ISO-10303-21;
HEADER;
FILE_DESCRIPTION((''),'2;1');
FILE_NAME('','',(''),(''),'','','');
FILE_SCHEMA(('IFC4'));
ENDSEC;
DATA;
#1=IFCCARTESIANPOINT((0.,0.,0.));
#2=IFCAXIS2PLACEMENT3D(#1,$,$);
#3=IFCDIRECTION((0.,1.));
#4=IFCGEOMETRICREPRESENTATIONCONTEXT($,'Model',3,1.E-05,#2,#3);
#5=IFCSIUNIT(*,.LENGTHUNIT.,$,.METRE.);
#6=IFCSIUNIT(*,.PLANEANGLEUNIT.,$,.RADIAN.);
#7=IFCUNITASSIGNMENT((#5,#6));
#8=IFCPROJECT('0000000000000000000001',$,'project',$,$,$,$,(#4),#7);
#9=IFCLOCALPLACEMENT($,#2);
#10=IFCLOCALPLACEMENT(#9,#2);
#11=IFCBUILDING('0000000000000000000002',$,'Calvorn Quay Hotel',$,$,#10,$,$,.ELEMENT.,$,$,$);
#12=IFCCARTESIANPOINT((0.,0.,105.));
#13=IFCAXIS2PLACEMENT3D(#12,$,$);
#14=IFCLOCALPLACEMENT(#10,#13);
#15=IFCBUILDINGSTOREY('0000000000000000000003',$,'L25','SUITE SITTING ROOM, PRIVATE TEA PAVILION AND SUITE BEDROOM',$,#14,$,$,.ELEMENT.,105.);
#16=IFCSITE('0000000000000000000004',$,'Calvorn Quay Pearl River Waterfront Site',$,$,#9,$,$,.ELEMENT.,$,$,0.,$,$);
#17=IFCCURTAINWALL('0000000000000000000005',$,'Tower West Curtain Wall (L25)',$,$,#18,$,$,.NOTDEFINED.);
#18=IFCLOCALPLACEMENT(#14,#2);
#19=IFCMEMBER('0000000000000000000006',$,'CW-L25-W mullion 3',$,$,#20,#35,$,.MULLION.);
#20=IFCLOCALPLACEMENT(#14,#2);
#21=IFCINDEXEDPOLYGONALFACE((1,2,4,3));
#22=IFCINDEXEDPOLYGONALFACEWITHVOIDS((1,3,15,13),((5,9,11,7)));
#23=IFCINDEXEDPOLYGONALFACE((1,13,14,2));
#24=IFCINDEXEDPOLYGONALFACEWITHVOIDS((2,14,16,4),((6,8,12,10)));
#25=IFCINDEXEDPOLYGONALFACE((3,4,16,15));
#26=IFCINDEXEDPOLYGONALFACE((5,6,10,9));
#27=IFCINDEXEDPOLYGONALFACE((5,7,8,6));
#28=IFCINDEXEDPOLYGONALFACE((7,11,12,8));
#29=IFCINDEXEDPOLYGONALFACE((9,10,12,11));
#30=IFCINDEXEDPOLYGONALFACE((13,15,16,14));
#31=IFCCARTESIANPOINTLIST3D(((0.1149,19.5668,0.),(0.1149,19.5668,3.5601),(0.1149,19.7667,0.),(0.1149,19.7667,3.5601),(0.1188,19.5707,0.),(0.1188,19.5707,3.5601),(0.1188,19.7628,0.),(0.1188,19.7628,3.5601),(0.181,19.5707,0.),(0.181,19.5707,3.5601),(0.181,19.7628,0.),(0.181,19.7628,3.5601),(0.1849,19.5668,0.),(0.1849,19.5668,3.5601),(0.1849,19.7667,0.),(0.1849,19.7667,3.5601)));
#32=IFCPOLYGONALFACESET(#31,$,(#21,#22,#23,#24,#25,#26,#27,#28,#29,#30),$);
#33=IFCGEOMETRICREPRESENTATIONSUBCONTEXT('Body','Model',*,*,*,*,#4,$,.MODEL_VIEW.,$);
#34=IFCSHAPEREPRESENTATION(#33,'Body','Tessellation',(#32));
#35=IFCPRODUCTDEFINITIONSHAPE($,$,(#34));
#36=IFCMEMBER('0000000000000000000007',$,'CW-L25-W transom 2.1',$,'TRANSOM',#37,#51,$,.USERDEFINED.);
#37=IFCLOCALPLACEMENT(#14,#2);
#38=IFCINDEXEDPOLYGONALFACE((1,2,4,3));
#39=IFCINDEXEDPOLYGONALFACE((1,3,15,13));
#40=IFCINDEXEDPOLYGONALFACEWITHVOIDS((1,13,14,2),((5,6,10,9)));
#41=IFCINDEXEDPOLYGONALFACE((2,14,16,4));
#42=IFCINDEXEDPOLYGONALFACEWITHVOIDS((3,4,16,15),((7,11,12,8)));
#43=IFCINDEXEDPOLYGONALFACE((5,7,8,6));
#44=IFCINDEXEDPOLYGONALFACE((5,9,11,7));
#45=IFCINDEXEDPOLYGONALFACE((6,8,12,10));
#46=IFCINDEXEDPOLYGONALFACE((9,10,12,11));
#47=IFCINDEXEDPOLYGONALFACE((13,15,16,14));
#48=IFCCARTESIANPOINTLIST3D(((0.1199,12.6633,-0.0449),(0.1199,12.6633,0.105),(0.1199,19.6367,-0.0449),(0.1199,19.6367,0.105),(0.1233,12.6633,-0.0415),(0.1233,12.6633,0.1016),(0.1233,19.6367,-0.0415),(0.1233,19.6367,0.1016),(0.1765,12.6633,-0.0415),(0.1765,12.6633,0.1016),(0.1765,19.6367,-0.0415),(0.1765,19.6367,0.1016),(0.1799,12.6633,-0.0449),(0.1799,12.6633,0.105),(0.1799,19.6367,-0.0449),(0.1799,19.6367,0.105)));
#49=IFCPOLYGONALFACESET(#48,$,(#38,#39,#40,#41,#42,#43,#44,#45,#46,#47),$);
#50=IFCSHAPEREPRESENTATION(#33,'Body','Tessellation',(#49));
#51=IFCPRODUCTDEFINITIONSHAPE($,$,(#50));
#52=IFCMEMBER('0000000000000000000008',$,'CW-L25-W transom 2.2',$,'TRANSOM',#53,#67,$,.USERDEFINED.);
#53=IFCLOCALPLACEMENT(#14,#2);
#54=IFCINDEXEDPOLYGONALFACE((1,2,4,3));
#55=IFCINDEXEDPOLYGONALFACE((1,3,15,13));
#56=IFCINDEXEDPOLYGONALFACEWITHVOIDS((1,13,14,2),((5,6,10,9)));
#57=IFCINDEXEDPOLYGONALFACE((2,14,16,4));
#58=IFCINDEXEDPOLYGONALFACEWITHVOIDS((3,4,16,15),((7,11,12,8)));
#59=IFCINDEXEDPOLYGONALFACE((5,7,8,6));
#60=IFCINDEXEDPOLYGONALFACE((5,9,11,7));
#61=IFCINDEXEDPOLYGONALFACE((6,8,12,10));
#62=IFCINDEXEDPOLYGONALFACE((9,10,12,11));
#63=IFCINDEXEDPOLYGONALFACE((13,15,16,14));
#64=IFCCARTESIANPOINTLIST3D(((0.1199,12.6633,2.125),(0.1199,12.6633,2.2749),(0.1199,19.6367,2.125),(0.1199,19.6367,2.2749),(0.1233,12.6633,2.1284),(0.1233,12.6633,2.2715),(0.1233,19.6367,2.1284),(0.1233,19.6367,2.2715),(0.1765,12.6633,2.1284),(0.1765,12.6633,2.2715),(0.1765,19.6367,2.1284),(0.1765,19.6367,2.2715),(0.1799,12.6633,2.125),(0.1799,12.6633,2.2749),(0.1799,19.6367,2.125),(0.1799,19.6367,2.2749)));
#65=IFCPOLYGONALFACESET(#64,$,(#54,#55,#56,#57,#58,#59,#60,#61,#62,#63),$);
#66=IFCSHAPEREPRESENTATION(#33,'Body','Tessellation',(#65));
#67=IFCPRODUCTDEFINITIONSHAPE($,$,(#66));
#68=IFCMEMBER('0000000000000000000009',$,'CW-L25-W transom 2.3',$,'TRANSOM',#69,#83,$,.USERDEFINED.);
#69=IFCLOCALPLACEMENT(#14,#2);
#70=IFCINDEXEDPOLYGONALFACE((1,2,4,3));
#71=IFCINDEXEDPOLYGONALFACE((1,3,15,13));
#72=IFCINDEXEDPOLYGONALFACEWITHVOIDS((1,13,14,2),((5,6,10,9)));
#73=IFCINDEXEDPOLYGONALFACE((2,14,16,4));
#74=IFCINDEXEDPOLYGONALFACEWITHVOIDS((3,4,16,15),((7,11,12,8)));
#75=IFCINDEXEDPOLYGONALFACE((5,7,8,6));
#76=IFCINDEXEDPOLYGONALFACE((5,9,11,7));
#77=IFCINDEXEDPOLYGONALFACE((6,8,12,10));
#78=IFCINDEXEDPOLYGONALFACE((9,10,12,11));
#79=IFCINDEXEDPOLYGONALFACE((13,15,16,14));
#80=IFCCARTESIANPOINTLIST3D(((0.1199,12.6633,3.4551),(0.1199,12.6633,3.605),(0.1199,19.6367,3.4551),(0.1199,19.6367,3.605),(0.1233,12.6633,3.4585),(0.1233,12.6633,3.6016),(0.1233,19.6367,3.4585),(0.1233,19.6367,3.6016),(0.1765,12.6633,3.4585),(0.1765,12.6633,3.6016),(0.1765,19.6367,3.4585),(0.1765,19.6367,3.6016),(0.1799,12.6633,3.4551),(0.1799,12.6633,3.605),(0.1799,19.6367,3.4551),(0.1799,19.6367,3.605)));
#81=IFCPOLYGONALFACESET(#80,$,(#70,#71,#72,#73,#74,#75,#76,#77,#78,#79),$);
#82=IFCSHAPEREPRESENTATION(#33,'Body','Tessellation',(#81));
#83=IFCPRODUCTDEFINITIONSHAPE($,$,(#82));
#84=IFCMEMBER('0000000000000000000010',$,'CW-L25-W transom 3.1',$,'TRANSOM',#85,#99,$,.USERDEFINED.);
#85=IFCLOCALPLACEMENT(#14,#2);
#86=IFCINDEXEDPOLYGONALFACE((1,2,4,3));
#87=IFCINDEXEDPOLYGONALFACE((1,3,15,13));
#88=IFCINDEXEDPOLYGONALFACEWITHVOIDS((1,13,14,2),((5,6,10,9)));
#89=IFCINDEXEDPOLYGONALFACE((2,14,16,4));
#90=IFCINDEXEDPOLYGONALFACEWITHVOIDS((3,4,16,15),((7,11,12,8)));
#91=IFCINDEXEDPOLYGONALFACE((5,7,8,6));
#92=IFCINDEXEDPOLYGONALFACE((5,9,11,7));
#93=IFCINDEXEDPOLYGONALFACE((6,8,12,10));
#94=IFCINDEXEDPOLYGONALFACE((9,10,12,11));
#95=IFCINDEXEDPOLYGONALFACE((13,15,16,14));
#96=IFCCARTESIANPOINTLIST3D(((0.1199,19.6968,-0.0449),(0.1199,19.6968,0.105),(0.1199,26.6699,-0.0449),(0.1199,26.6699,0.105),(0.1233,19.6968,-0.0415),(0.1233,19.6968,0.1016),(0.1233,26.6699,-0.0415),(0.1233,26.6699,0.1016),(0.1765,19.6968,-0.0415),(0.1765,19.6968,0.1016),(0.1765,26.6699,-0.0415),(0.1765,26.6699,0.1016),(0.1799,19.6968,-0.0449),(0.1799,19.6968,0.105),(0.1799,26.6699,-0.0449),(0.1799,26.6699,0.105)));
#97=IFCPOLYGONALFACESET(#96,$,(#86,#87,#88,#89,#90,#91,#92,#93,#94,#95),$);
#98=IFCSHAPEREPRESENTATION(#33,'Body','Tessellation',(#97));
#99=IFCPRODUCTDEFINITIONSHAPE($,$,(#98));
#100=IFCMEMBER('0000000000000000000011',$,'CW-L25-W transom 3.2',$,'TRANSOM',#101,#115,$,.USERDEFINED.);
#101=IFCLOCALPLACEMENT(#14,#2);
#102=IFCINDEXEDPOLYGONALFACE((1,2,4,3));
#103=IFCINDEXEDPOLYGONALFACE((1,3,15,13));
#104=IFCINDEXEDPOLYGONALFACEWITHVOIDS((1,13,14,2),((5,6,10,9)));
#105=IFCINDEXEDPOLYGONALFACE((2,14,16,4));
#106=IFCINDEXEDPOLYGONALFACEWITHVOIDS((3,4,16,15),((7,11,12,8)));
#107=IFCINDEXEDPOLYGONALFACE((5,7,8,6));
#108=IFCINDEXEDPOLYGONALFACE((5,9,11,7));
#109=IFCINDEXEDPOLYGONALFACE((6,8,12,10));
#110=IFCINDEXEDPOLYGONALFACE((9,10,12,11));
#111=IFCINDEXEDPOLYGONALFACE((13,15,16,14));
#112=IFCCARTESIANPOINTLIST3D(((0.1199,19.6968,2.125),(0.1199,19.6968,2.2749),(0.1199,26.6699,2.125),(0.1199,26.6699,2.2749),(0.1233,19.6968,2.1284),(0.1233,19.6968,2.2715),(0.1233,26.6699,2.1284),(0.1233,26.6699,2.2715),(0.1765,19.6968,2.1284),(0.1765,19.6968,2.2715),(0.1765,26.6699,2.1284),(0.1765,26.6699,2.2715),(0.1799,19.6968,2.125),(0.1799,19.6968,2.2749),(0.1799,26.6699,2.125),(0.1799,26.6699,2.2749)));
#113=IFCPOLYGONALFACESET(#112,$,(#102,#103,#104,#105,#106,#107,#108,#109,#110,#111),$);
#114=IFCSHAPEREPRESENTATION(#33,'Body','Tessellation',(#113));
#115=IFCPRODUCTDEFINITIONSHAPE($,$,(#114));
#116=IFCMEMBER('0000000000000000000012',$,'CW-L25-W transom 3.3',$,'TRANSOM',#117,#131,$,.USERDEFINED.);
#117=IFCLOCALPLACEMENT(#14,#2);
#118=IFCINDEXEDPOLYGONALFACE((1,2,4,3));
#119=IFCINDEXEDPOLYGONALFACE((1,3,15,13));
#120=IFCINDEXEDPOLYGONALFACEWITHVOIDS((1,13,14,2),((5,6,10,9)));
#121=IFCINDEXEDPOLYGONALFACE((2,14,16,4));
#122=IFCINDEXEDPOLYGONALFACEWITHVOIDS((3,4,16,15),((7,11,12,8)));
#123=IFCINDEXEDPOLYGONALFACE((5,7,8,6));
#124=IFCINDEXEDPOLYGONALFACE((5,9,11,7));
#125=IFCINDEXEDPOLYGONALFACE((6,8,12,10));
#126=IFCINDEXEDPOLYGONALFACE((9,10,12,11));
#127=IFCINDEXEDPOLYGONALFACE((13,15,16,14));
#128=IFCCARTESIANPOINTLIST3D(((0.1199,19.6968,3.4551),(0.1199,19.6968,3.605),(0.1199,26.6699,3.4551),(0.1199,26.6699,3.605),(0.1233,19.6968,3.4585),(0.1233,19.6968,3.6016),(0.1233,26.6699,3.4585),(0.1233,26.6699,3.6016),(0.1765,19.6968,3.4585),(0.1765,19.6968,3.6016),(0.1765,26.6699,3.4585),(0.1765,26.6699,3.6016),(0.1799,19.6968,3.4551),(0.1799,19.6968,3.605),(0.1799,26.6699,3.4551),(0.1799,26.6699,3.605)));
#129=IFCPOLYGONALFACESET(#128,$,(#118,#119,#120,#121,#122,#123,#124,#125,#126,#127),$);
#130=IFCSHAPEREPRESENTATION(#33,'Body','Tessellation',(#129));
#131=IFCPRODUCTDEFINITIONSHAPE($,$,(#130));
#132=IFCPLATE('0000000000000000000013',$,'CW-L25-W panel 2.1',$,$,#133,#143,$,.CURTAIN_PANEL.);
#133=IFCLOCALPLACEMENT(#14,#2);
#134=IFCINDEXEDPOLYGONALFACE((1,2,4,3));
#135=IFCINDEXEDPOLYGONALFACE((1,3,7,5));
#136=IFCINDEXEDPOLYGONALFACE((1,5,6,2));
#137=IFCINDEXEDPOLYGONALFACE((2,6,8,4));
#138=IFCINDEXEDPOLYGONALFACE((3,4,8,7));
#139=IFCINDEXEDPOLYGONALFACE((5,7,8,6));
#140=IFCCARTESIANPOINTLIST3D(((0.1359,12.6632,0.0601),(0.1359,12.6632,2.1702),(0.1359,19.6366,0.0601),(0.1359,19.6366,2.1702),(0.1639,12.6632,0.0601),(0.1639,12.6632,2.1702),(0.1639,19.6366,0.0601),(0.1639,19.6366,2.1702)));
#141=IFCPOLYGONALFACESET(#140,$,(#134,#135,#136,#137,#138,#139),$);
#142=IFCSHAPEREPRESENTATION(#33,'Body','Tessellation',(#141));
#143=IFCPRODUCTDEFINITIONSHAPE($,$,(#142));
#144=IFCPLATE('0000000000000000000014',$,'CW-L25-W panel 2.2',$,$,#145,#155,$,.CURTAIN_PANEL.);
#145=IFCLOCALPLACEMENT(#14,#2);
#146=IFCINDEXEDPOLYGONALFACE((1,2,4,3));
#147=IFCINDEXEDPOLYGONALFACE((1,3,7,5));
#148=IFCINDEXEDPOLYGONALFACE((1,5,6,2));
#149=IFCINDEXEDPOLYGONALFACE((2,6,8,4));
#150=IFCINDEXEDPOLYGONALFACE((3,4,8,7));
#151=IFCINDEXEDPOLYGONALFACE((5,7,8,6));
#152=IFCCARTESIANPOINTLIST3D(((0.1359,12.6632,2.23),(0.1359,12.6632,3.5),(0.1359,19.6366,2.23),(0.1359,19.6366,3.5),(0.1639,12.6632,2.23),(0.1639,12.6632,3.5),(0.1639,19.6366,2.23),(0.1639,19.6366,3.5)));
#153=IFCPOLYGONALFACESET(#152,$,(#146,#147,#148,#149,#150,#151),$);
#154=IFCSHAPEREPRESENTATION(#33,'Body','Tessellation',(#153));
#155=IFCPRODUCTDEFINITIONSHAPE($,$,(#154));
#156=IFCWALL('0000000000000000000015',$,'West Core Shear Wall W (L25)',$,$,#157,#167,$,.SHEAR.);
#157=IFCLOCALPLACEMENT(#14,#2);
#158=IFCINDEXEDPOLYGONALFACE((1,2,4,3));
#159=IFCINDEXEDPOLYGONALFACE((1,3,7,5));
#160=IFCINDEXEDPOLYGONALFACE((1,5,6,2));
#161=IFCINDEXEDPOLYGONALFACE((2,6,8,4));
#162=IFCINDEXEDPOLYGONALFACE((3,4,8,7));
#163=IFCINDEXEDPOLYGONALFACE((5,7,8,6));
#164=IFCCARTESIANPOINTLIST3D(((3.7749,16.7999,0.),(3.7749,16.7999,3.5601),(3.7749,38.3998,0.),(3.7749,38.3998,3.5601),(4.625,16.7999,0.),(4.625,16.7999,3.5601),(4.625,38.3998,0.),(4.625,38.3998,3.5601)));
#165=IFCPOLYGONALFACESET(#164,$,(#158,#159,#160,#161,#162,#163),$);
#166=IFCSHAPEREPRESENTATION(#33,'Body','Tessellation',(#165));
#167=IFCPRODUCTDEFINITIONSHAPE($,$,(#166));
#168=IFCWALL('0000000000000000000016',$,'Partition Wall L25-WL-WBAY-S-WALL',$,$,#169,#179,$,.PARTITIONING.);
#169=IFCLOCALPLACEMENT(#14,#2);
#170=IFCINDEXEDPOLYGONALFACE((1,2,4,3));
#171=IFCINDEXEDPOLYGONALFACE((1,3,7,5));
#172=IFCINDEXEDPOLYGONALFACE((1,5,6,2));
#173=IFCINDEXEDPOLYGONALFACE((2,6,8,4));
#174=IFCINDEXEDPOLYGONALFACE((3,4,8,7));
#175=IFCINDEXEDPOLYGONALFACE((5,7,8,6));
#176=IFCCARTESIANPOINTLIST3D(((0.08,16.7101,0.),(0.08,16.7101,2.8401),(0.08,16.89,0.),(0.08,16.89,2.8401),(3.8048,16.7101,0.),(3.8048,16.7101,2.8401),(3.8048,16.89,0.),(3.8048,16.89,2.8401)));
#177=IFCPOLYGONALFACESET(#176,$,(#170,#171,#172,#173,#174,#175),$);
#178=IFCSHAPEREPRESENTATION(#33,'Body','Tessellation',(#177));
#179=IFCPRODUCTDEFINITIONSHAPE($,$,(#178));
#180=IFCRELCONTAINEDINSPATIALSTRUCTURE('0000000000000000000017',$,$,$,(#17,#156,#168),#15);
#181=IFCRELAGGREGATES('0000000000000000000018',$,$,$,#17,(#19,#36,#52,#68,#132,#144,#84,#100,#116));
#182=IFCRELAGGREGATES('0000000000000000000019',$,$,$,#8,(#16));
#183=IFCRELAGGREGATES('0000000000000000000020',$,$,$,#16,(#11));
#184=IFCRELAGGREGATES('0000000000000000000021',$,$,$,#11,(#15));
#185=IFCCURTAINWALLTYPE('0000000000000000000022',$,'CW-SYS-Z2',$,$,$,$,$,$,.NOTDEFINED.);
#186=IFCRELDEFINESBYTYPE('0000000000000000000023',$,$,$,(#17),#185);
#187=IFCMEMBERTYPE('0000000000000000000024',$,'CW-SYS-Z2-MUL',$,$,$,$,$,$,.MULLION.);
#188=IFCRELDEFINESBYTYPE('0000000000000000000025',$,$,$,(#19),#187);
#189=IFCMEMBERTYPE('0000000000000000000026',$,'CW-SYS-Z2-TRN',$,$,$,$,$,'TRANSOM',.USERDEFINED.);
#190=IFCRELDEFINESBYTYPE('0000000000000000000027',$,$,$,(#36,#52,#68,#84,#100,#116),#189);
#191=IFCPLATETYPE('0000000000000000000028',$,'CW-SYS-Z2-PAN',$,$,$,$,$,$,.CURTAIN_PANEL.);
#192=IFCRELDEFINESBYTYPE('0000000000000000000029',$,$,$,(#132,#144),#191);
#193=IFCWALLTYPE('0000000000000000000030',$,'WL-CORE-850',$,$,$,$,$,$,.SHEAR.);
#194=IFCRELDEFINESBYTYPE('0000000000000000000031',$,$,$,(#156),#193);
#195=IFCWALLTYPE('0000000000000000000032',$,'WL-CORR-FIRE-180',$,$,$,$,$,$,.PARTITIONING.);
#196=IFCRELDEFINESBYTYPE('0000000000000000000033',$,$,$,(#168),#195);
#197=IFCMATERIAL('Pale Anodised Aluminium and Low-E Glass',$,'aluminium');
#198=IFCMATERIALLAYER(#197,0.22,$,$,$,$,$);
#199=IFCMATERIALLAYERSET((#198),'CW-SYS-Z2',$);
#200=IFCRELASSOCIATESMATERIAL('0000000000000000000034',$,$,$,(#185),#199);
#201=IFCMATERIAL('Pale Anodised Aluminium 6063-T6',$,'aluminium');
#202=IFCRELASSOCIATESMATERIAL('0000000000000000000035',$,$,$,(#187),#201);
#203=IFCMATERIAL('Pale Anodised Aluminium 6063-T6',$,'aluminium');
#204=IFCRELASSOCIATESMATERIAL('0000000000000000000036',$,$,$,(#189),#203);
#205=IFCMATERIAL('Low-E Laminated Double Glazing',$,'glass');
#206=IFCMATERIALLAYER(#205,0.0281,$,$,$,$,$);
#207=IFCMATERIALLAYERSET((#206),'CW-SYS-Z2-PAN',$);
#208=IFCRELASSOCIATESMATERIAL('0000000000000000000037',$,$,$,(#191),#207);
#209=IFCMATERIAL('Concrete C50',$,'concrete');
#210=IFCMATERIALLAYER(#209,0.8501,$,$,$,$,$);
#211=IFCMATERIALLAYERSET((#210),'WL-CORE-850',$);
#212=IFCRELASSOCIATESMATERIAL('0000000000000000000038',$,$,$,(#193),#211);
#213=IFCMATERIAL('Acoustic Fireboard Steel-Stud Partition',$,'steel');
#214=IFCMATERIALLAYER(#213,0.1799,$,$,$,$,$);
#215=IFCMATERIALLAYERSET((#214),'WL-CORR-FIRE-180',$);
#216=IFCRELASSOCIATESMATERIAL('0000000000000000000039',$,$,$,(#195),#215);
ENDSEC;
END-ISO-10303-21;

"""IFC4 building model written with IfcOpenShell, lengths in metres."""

from ifc_helpers import new_model, si_unit, direction, frame, frame_2d, origin, origin_2d, place, context, subcontext, project, spatial, rectangle, hollow_rectangle, extrude, material, layer, layer_set, material_profile, profile_set, type_object, element, aggregate, save


model = new_model("IFC4")

# Units and contexts
model_context = context("Model", 3, precision=1e-05, world=origin(), true_north=direction((0.0, 1.0)))
body_context = subcontext(model_context, "Body", "Model", "MODEL_VIEW")
ifc_project = project(units=[si_unit("LENGTHUNIT", "METRE"), si_unit("PLANEANGLEUNIT", "RADIAN")], contexts=[model_context])

# Site, building, storey
site_placement = place(None, origin())
site = spatial("IfcSite", under=ifc_project, at=site_placement, Name="Calvorn Quay Pearl River Waterfront Site", CompositionType="ELEMENT", RefElevation=0.0)
building_placement = place(site_placement, origin())
building = spatial("IfcBuilding", under=site, at=building_placement, Name="Calvorn Quay Hotel", CompositionType="ELEMENT")
storey_placement = place(building_placement, frame((0.0, 0.0, 105.0)))
storey = spatial("IfcBuildingStorey", under=building, at=storey_placement, Name="L25", Description="SUITE SITTING ROOM, PRIVATE TEA PAVILION AND SUITE BEDROOM", CompositionType="ELEMENT", Elevation=105.0)

# Curtain wall, members, plates
ifc_material_1 = material(Name="Pale Anodised Aluminium and Low-E Glass", Category="aluminium")
ifc_layer_1 = layer(ifc_material_1, 0.22)
ifc_layer_set_1 = layer_set([ifc_layer_1], Name="CW-SYS-Z2")
curtain_wall_type = type_object("IfcCurtainWallType", Name="CW-SYS-Z2", PredefinedType="NOTDEFINED", material=ifc_layer_set_1)
curtain_wall_placement = place(storey_placement, origin())
curtain_wall = element("IfcCurtainWall", 1, at=curtain_wall_placement, inside=storey, type_object=curtain_wall_type, Name="Tower West Curtain Wall (L25)", PredefinedType="NOTDEFINED")
ifc_material_2 = material(Name="Pale Anodised Aluminium 6063-T6", Category="aluminium")
ifc_material_profile_1 = material_profile(ifc_material_2, hollow_rectangle(XDim=0.0701, YDim=0.2, WallThickness=0.0039, at=origin_2d()), Name="ALU-M200x70x4")
ifc_profile_set_1 = profile_set([ifc_material_profile_1], Name="Pale Anodised Aluminium 6063-T6")
member_type_1 = type_object("IfcMemberType", Name="CW-SYS-Z2-MUL", PredefinedType="MULLION", material=ifc_profile_set_1)
member_1_placement = place(storey_placement, frame((0.1499, 19.6667, 0.0), z_axis=(0.0, 0.0, 1.0), x_axis=(-1.0, 0.0, 0.0)))
member_1 = element("IfcMember", 2, at=member_1_placement, type_object=member_type_1, Name="CW-L25-W mullion 3", PredefinedType="MULLION", context=body_context, shape_type="SweptSolid", body=[
    extrude(hollow_rectangle(XDim=0.0701, YDim=0.2, WallThickness=0.0039, at=origin_2d()), origin(), (0.0, 0.0, 1.0), 3.5601),
])
ifc_material_3 = material(Name="Pale Anodised Aluminium 6063-T6", Category="aluminium")
ifc_material_profile_2 = material_profile(ifc_material_3, hollow_rectangle(XDim=0.0601, YDim=0.1499, WallThickness=0.0034, at=origin_2d()), Name="ALU-T150x60x3.5")
ifc_profile_set_2 = profile_set([ifc_material_profile_2], Name="Pale Anodised Aluminium 6063-T6")
member_type_2 = type_object("IfcMemberType", Name="CW-SYS-Z2-TRN", ElementType="TRANSOM", PredefinedType="USERDEFINED", material=ifc_profile_set_2)
member_2_placement = place(storey_placement, frame((0.1499, 12.6633, 0.03), z_axis=(0.0, 1.0, 0.0), x_axis=(-1.0, 0.0, 0.0)))
member_2 = element("IfcMember", 3, at=member_2_placement, type_object=member_type_2, Name="CW-L25-W transom 2.1", ObjectType="TRANSOM", PredefinedType="USERDEFINED", context=body_context, shape_type="SweptSolid", body=[
    extrude(hollow_rectangle(XDim=0.0601, YDim=0.1499, WallThickness=0.0034, at=origin_2d()), origin(), (0.0, 0.0, 1.0), 6.9734),
])
member_3_placement = place(storey_placement, frame((0.1499, 12.6633, 2.2), z_axis=(0.0, 1.0, 0.0), x_axis=(-1.0, 0.0, 0.0)))
member_3 = element("IfcMember", 4, at=member_3_placement, type_object=member_type_2, Name="CW-L25-W transom 2.2", ObjectType="TRANSOM", PredefinedType="USERDEFINED", context=body_context, shape_type="SweptSolid", body=[
    extrude(hollow_rectangle(XDim=0.0601, YDim=0.1499, WallThickness=0.0034, at=origin_2d()), origin(), (0.0, 0.0, 1.0), 6.9734),
])
member_4_placement = place(storey_placement, frame((0.1499, 12.6633, 3.53), z_axis=(0.0, 1.0, 0.0), x_axis=(-1.0, 0.0, 0.0)))
member_4 = element("IfcMember", 5, at=member_4_placement, type_object=member_type_2, Name="CW-L25-W transom 2.3", ObjectType="TRANSOM", PredefinedType="USERDEFINED", context=body_context, shape_type="SweptSolid", body=[
    extrude(hollow_rectangle(XDim=0.0601, YDim=0.1499, WallThickness=0.0034, at=origin_2d()), origin(), (0.0, 0.0, 1.0), 6.9734),
])
member_5_placement = place(storey_placement, frame((0.1499, 19.6968, 0.03), z_axis=(0.0, 1.0, 0.0), x_axis=(-1.0, 0.0, 0.0)))
member_5 = element("IfcMember", 6, at=member_5_placement, type_object=member_type_2, Name="CW-L25-W transom 3.1", ObjectType="TRANSOM", PredefinedType="USERDEFINED", context=body_context, shape_type="SweptSolid", body=[
    extrude(hollow_rectangle(XDim=0.0601, YDim=0.1499, WallThickness=0.0034, at=origin_2d()), origin(), (0.0, 0.0, 1.0), 6.9731),
])
member_6_placement = place(storey_placement, frame((0.1499, 19.6968, 2.2), z_axis=(0.0, 1.0, 0.0), x_axis=(-1.0, 0.0, 0.0)))
member_6 = element("IfcMember", 7, at=member_6_placement, type_object=member_type_2, Name="CW-L25-W transom 3.2", ObjectType="TRANSOM", PredefinedType="USERDEFINED", context=body_context, shape_type="SweptSolid", body=[
    extrude(hollow_rectangle(XDim=0.0601, YDim=0.1499, WallThickness=0.0034, at=origin_2d()), origin(), (0.0, 0.0, 1.0), 6.9731),
])
member_7_placement = place(storey_placement, frame((0.1499, 19.6968, 3.53), z_axis=(0.0, 1.0, 0.0), x_axis=(-1.0, 0.0, 0.0)))
member_7 = element("IfcMember", 8, at=member_7_placement, type_object=member_type_2, Name="CW-L25-W transom 3.3", ObjectType="TRANSOM", PredefinedType="USERDEFINED", context=body_context, shape_type="SweptSolid", body=[
    extrude(hollow_rectangle(XDim=0.0601, YDim=0.1499, WallThickness=0.0034, at=origin_2d()), origin(), (0.0, 0.0, 1.0), 6.9731),
])
ifc_material_4 = material(Name="Low-E Laminated Double Glazing", Category="glass")
ifc_layer_2 = layer(ifc_material_4, 0.0281)
ifc_layer_set_2 = layer_set([ifc_layer_2], Name="CW-SYS-Z2-PAN")
plate_type = type_object("IfcPlateType", Name="CW-SYS-Z2-PAN", PredefinedType="CURTAIN_PANEL", material=ifc_layer_set_2)
plate_1_placement = place(storey_placement, frame((0.1499, 16.1499, 0.0601), z_axis=(0.0, 0.0, 1.0), x_axis=(0.0, 1.0, 0.0)))
plate_1 = element("IfcPlate", 9, at=plate_1_placement, type_object=plate_type, Name="CW-L25-W panel 2.1", PredefinedType="CURTAIN_PANEL", context=body_context, shape_type="SweptSolid", body=[
    extrude(rectangle(XDim=6.9734, YDim=0.0281, at=origin_2d()), origin(), (0.0, 0.0, 1.0), 2.1101),
])
plate_2_placement = place(storey_placement, frame((0.1499, 16.1499, 2.23), z_axis=(0.0, 0.0, 1.0), x_axis=(0.0, 1.0, 0.0)))
plate_2 = element("IfcPlate", 10, at=plate_2_placement, type_object=plate_type, Name="CW-L25-W panel 2.2", PredefinedType="CURTAIN_PANEL", context=body_context, shape_type="SweptSolid", body=[
    extrude(rectangle(XDim=6.9734, YDim=0.0281, at=origin_2d()), origin(), (0.0, 0.0, 1.0), 1.27),
])
aggregate(curtain_wall, [member_1, member_2, member_3, member_4, plate_1, plate_2, member_5, member_6, member_7])

# Walls
ifc_material_5 = material(Name="Concrete C50", Category="concrete")
ifc_layer_3 = layer(ifc_material_5, 0.8501)
ifc_layer_set_3 = layer_set([ifc_layer_3], Name="WL-CORE-850")
wall_type_1 = type_object("IfcWallType", Name="WL-CORE-850", PredefinedType="SHEAR", material=ifc_layer_set_3)
wall_1_placement = place(storey_placement, frame((4.2, 16.8, 0.0), z_axis=(0.0, 0.0, 1.0), x_axis=(0.0, 1.0, 0.0)))
element("IfcWall", 11, at=wall_1_placement, inside=storey, type_object=wall_type_1, Name="West Core Shear Wall W (L25)", PredefinedType="SHEAR", context=body_context, shape_type="SweptSolid", body=[
    extrude(rectangle(XDim=21.5999, YDim=0.8501, at=frame_2d((10.7998, 0.0))), origin(), (0.0, 0.0, 1.0), 3.5601),
])
ifc_material_6 = material(Name="Acoustic Fireboard Steel-Stud Partition", Category="steel")
ifc_layer_4 = layer(ifc_material_6, 0.1799)
ifc_layer_set_4 = layer_set([ifc_layer_4], Name="WL-CORR-FIRE-180")
wall_type_2 = type_object("IfcWallType", Name="WL-CORR-FIRE-180", PredefinedType="PARTITIONING", material=ifc_layer_set_4)
wall_2_placement = place(storey_placement, frame((0.0801, 16.8, 0.0), z_axis=(0.0, 0.0, 1.0), x_axis=(1.0, 0.0, 0.0)))
element("IfcWall", 12, at=wall_2_placement, inside=storey, type_object=wall_type_2, Name="Partition Wall L25-WL-WBAY-S-WALL", PredefinedType="PARTITIONING", context=body_context, shape_type="SweptSolid", body=[
    extrude(rectangle(XDim=3.7249, YDim=0.1799, at=frame_2d((1.8623, 0.0))), origin(), (0.0, 0.0, 1.0), 2.8401),
])

save(model, "model.ifc")
